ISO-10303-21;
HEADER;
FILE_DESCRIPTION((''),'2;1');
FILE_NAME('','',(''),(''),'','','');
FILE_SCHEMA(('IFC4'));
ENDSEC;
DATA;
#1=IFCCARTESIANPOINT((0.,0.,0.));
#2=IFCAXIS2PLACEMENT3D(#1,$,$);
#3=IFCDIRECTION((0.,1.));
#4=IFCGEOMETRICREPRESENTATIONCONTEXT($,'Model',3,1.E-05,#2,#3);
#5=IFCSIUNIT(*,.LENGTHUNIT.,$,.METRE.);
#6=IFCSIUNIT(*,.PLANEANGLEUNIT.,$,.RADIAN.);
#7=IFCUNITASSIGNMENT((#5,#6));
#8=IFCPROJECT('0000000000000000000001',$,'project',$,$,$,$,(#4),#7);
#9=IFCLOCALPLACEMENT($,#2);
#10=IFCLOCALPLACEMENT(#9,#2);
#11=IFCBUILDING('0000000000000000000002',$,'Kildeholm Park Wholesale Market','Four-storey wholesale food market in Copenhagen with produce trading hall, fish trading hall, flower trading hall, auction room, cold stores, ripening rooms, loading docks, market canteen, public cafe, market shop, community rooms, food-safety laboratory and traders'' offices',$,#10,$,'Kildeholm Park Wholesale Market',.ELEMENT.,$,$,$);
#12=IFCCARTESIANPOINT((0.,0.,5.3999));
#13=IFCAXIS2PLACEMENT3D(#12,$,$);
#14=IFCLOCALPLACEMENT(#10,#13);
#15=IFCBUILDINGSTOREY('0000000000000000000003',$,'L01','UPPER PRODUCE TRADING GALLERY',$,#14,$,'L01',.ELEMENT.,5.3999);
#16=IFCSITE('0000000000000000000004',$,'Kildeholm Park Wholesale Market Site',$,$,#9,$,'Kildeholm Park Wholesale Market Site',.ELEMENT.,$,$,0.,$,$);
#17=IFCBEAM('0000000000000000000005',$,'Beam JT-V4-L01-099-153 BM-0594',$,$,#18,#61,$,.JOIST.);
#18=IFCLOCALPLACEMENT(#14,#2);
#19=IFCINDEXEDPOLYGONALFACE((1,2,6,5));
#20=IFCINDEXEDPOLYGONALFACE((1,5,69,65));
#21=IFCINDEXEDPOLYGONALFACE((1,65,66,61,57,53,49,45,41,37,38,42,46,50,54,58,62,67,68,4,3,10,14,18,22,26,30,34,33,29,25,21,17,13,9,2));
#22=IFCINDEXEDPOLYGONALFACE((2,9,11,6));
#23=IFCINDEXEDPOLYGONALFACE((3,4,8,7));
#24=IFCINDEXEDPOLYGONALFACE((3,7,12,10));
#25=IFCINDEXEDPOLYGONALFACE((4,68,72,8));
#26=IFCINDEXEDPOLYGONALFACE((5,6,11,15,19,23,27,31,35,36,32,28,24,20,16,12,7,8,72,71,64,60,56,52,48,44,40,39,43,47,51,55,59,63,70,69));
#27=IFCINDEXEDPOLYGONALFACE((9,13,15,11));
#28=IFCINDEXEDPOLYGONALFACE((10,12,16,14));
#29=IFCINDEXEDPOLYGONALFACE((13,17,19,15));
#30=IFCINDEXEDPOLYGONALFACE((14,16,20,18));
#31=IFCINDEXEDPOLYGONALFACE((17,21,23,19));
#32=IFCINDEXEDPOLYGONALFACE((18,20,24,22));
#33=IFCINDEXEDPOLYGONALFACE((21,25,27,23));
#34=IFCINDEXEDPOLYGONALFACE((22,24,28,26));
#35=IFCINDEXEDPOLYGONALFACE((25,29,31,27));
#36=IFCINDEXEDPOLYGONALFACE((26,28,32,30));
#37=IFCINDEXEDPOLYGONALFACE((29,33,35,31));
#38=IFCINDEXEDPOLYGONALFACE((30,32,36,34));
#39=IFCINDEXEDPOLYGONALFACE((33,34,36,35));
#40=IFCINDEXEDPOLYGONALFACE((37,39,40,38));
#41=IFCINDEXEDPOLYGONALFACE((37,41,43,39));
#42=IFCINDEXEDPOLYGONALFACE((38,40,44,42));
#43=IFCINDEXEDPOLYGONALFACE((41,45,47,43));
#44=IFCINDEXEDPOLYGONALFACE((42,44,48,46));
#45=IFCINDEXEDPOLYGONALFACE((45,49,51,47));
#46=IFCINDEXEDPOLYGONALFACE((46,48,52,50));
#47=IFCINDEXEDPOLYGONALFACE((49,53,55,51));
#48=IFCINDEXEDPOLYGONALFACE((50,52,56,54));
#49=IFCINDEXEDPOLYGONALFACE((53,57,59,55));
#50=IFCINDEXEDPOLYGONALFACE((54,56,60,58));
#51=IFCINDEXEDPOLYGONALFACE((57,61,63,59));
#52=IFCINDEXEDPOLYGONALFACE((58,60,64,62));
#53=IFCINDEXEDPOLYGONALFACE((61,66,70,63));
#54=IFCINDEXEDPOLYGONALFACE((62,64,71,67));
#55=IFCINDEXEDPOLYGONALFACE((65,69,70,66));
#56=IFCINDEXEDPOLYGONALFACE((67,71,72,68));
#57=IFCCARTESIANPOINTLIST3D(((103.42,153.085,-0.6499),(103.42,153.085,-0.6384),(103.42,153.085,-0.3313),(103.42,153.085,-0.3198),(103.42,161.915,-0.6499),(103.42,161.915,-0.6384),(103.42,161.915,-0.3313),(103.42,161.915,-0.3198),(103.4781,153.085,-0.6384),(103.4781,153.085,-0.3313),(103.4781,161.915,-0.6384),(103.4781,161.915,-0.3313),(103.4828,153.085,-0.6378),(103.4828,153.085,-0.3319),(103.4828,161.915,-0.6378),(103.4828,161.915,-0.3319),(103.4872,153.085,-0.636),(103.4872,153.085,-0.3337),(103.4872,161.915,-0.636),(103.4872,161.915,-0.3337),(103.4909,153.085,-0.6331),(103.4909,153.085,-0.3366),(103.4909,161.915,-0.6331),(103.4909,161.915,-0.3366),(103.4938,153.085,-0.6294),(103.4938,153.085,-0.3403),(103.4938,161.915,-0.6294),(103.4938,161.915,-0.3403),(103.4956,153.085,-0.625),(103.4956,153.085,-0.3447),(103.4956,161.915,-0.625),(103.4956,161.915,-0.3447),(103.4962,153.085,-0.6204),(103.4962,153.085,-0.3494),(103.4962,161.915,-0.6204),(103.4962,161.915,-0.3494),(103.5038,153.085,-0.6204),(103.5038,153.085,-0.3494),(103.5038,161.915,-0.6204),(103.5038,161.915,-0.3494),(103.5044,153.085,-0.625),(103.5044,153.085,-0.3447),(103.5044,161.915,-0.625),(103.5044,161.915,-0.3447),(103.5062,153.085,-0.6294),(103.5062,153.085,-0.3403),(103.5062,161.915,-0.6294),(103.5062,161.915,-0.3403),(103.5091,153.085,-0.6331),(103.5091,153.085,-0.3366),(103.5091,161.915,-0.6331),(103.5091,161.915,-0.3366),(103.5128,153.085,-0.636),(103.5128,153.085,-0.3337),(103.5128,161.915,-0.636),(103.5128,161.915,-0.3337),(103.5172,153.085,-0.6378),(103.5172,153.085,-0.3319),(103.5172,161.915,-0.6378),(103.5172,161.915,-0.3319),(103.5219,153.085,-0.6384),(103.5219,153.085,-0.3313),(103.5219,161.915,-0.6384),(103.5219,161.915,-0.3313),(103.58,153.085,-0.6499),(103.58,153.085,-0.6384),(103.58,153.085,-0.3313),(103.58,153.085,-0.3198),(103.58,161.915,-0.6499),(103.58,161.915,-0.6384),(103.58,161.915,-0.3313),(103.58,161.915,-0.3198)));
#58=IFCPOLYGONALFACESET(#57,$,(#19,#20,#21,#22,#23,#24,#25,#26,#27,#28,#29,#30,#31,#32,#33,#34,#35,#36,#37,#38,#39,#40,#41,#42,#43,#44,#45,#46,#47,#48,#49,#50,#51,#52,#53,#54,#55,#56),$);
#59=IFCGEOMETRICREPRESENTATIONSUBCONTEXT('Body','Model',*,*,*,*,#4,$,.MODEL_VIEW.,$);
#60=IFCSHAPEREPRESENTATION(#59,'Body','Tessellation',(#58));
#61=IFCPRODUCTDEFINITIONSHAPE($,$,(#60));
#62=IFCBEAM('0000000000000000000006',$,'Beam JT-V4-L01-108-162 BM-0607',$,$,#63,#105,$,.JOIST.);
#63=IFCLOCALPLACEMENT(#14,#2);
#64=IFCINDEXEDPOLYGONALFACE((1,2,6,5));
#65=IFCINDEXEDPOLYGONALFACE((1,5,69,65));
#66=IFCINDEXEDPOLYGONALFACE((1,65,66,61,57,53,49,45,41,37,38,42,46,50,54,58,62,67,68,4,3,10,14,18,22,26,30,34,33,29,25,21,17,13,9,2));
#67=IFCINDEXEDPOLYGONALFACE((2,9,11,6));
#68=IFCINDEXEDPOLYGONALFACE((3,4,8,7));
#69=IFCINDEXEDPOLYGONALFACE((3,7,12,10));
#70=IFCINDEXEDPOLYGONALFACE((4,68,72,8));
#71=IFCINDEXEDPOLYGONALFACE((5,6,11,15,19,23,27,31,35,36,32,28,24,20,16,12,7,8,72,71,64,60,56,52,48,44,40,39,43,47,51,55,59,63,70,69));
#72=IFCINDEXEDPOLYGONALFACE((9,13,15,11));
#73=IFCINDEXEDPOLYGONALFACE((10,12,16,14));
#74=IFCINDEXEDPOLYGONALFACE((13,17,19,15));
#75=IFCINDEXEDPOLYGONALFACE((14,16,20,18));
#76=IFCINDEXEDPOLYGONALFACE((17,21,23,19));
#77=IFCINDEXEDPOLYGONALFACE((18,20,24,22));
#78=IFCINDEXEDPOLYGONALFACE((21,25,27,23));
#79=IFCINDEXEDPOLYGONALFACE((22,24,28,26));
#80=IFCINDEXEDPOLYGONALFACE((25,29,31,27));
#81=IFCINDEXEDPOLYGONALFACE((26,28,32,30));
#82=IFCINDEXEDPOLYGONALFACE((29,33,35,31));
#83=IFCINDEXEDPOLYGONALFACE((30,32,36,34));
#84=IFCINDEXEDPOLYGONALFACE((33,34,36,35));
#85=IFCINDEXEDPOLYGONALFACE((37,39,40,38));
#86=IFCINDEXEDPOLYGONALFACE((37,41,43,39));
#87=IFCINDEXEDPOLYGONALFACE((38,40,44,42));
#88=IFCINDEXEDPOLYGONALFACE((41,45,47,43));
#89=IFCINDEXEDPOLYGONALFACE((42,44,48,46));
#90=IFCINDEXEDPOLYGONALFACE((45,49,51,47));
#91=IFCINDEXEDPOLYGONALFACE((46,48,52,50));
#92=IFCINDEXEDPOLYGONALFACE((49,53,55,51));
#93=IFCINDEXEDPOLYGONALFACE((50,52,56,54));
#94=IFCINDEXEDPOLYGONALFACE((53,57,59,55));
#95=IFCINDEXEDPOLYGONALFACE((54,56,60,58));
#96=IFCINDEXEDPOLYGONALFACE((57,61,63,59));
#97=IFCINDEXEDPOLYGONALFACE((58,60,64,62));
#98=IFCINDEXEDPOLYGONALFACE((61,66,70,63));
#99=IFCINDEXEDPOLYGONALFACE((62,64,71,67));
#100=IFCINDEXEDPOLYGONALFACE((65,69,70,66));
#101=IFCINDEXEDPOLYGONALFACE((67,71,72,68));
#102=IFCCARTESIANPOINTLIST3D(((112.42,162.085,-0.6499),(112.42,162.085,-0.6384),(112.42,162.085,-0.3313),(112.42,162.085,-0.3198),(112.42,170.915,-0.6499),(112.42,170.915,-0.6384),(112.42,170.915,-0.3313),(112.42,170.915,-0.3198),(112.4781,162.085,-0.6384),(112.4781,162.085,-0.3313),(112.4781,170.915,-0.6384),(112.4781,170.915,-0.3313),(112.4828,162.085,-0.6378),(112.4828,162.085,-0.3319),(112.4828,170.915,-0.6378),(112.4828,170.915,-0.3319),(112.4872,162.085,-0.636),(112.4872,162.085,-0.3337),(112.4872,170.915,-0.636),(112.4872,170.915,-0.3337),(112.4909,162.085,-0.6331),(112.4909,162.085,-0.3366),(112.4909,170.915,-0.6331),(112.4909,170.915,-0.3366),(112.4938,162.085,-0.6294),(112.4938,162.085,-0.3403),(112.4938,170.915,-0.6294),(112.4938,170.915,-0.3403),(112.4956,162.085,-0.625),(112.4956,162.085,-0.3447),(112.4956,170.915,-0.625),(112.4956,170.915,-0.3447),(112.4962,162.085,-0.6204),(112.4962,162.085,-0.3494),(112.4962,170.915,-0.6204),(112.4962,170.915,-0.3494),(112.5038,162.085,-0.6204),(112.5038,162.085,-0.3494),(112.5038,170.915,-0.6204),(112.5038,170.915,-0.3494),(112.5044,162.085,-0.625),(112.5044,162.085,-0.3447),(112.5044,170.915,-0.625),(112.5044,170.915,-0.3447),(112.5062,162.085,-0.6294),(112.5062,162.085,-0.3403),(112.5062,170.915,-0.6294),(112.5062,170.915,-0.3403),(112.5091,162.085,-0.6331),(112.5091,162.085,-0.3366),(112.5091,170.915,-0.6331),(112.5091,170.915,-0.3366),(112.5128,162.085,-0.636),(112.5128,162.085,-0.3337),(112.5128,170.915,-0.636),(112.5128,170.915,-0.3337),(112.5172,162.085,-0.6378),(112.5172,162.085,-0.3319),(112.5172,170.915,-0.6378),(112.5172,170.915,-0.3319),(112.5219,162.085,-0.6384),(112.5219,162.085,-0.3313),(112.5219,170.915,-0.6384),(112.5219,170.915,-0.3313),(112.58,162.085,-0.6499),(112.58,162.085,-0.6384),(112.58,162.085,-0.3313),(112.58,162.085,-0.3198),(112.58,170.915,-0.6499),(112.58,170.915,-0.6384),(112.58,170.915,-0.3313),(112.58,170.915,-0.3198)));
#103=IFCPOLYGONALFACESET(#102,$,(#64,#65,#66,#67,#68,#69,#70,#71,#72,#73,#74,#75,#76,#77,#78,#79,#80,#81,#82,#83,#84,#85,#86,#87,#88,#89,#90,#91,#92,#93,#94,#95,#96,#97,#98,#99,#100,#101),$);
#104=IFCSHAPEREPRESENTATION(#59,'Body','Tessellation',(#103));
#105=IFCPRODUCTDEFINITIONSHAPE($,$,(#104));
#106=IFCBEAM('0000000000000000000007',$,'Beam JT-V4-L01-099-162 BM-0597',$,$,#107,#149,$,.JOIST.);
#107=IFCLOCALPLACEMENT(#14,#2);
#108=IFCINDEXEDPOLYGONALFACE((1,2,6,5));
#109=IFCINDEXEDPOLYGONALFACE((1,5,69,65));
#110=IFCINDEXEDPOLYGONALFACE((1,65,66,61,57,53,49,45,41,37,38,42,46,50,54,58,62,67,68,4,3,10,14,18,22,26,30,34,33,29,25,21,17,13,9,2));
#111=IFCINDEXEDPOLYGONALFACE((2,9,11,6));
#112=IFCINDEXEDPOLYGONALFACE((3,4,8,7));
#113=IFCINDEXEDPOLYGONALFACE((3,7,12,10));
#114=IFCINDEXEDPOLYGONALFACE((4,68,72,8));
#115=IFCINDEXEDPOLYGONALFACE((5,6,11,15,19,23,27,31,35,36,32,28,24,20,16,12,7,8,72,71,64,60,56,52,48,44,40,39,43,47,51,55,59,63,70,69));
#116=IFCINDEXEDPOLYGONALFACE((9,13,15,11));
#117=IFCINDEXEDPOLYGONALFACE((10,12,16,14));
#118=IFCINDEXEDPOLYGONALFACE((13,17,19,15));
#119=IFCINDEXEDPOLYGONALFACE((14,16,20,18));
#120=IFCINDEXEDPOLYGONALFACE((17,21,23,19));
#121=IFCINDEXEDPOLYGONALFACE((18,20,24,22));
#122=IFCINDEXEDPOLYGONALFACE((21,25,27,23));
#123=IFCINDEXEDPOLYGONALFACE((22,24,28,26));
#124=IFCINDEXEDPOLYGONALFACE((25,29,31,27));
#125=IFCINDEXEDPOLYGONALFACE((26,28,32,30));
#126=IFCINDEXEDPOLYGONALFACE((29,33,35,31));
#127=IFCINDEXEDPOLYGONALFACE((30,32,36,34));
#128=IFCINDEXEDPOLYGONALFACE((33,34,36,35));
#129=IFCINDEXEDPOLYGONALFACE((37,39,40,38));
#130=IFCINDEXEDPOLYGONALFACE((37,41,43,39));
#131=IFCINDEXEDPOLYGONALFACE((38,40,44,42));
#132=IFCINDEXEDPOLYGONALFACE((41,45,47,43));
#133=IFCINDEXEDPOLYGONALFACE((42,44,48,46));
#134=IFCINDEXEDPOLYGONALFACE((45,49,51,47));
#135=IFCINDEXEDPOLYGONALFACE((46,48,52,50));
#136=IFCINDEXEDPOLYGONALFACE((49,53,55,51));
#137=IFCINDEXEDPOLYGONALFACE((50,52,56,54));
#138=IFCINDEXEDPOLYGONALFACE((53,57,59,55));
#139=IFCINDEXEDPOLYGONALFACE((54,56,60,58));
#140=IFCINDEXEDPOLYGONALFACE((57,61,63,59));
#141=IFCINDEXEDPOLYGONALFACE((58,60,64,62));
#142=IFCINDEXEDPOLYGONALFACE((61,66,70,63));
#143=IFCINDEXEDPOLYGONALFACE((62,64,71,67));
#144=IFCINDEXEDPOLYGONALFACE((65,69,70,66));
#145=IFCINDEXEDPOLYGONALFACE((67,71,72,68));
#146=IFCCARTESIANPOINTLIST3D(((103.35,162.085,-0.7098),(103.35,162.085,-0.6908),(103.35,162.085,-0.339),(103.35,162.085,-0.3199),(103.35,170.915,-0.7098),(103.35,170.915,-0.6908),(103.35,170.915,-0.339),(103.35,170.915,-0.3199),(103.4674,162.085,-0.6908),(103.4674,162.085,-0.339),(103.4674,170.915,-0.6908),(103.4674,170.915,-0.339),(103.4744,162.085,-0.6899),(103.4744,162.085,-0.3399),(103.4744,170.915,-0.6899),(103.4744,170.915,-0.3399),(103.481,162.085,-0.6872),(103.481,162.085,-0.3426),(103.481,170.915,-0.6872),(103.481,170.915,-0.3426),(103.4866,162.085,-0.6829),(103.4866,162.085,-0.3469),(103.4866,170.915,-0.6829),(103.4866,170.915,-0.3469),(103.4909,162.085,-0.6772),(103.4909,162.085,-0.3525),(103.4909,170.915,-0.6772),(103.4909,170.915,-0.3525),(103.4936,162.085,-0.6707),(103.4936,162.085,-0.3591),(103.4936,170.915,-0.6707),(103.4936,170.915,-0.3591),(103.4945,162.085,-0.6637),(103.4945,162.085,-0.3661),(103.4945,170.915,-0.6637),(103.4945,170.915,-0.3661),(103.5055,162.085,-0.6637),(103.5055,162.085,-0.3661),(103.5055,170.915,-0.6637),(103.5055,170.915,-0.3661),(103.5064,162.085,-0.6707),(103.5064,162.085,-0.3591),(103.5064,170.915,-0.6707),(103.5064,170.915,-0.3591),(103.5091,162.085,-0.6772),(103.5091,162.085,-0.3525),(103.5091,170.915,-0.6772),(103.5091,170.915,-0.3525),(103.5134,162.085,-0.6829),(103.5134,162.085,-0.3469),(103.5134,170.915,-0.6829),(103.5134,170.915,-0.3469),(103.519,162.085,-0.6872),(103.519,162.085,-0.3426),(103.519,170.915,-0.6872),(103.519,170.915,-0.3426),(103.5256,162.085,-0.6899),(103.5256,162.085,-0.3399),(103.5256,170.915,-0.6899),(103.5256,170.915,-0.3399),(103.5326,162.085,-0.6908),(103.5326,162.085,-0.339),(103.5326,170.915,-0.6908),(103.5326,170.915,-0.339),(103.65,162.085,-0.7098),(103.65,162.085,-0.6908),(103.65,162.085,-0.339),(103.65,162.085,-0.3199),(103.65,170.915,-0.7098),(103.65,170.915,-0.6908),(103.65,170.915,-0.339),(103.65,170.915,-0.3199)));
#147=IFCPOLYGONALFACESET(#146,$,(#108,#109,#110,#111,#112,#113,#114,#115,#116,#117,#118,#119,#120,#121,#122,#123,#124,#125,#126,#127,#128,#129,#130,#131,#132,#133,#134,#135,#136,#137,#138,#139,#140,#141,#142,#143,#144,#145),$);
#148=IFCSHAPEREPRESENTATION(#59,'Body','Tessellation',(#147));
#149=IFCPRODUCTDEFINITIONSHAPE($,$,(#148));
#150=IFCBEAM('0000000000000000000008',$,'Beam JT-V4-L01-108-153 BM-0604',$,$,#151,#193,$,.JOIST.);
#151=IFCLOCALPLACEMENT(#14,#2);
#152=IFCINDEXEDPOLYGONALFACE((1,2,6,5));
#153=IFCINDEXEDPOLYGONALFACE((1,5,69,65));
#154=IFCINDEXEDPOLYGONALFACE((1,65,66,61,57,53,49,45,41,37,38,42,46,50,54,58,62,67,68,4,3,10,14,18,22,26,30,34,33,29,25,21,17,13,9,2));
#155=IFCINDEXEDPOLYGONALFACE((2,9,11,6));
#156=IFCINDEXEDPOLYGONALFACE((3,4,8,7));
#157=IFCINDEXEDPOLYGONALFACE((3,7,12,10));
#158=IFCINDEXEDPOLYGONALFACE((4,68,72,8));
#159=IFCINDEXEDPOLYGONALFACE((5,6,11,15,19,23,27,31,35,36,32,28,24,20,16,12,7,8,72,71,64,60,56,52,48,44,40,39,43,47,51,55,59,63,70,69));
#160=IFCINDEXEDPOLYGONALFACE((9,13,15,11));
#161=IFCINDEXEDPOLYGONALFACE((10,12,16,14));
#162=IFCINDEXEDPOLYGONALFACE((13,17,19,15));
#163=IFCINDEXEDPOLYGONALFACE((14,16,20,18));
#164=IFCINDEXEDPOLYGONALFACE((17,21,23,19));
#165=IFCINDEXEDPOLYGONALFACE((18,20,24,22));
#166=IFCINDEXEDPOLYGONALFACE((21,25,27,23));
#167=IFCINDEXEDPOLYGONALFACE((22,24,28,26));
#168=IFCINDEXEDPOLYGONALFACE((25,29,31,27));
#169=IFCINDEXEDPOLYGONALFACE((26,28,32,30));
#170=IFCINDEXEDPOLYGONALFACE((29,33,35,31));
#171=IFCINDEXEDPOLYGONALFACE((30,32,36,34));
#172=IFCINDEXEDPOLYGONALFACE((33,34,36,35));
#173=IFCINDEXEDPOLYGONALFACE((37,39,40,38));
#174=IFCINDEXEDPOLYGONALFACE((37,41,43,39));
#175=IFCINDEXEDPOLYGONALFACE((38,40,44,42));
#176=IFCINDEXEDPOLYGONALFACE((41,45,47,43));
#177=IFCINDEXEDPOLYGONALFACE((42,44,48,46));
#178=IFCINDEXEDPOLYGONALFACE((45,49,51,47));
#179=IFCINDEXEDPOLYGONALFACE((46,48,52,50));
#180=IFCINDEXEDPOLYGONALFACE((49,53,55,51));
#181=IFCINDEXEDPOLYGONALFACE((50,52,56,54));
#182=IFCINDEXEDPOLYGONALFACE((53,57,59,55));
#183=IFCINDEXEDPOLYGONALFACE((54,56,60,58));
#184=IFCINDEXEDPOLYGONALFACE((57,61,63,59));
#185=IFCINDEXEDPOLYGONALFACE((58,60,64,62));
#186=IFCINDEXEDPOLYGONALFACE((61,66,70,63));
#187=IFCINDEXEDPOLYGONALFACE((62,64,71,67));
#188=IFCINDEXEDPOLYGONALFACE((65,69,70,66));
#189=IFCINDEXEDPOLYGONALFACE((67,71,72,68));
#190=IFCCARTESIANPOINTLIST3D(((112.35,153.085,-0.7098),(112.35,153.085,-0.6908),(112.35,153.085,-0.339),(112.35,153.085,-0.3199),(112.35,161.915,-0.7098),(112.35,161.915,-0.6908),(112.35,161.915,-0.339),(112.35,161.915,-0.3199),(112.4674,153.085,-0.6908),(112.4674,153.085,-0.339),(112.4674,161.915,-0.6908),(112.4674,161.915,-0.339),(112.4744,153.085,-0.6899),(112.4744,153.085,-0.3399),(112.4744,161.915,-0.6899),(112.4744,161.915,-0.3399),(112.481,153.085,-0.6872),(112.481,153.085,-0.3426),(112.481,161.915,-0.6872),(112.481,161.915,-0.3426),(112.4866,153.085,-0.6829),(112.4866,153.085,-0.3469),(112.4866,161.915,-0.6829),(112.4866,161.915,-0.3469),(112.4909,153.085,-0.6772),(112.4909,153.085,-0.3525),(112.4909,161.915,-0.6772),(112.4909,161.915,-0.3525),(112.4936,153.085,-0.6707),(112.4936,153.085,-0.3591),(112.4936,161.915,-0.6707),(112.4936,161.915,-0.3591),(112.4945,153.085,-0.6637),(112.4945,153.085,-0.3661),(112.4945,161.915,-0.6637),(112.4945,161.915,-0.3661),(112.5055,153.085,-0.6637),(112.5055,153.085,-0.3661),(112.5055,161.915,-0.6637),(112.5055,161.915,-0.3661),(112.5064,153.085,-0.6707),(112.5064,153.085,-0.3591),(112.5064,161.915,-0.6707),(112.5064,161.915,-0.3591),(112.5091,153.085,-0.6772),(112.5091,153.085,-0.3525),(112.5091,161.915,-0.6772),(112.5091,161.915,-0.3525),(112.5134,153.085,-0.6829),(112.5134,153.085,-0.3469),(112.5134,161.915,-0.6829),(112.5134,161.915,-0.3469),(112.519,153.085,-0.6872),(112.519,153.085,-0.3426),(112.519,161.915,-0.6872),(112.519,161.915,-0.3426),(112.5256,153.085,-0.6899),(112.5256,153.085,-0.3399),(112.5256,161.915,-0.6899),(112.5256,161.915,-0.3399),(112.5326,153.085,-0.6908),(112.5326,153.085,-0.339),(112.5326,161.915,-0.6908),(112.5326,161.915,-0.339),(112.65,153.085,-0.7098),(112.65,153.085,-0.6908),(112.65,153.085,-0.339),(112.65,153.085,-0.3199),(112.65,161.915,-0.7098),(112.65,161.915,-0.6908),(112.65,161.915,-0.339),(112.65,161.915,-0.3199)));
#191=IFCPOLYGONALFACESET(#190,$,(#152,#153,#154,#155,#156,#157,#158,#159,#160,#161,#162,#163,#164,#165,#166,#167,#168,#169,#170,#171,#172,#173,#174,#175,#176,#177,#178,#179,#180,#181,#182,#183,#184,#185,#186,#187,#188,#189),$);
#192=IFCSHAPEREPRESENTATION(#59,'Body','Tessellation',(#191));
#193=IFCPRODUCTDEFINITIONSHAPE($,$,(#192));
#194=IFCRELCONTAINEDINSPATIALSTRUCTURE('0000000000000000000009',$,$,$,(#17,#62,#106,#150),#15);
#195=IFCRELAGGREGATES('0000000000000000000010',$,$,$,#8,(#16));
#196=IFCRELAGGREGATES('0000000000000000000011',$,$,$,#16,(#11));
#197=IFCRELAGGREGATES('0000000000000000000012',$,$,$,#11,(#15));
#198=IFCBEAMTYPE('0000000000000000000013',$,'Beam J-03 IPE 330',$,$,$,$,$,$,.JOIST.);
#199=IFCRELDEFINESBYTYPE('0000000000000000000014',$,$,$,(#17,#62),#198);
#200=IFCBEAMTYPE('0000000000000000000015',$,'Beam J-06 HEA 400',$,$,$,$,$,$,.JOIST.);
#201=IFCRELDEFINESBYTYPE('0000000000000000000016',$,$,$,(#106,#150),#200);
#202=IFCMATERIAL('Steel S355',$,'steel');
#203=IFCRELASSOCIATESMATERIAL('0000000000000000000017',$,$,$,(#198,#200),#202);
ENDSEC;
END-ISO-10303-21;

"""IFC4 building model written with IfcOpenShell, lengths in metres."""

from ifc_helpers import new_model, si_unit, direction, frame, origin, origin_2d, place, context, subcontext, project, spatial, i_section, extrude, material, material_profile, profile_set, type_object, element, save


model = new_model("IFC4")

# Units and contexts
model_context = context("Model", 3, precision=1e-05, world=origin(), true_north=direction((0.0, 1.0)))
body_context = subcontext(model_context, "Body", "Model", "MODEL_VIEW")
ifc_project = project(units=[si_unit("LENGTHUNIT", "METRE"), si_unit("PLANEANGLEUNIT", "RADIAN")], contexts=[model_context])

# Site, building, storey
site_placement = place(None, origin())
site = spatial("IfcSite", under=ifc_project, at=site_placement, Name="Kildeholm Park Wholesale Market Site", LongName="Kildeholm Park Wholesale Market Site", CompositionType="ELEMENT", RefElevation=0.0)
building_placement = place(site_placement, origin())
building = spatial("IfcBuilding", under=site, at=building_placement, Name="Kildeholm Park Wholesale Market", Description="Four-storey wholesale food market in Copenhagen with produce trading hall, fish trading hall, flower trading hall, auction room, cold stores, ripening rooms, loading docks, market canteen, public cafe, market shop, community rooms, food-safety laboratory and traders' offices", LongName="Kildeholm Park Wholesale Market", CompositionType="ELEMENT")
storey_placement = place(building_placement, frame((0.0, 0.0, 5.3999)))
storey = spatial("IfcBuildingStorey", under=building, at=storey_placement, Name="L01", Description="UPPER PRODUCE TRADING GALLERY", LongName="L01", CompositionType="ELEMENT", Elevation=5.3999)

# Beams
ifc_material_1 = material(Name="Steel S355", Category="steel")
ifc_material_profile_1 = material_profile(ifc_material_1, i_section(OverallWidth=0.1599, OverallDepth=0.3301, WebThickness=0.0076, FlangeThickness=0.0115, FilletRadius=0.0181, at=origin_2d()), Name="IPE 330")
ifc_profile_set_1 = profile_set([ifc_material_profile_1], Name="Steel S355")
beam_type_1 = type_object("IfcBeamType", Name="Beam J-03 IPE 330", PredefinedType="JOIST", material=ifc_profile_set_1)
for number, where, z_axis, x_axis, name in (
    (1, (103.5, 153.085, -0.4849), (0.0, 1.0, 0.0), (-1.0, 0.0, 0.0), "Beam JT-V4-L01-099-153 BM-0594"),
    (2, (112.5, 162.085, -0.4849), (0.0, 1.0, 0.0), (-1.0, 0.0, 0.0), "Beam JT-V4-L01-108-162 BM-0607"),
):
    element("IfcBeam", number, at=place(storey_placement, frame(where, z_axis=z_axis, x_axis=x_axis)), inside=storey, type_object=beam_type_1, Name=name, PredefinedType="JOIST", context=body_context, shape_type="SweptSolid", body=[
        extrude(i_section(OverallWidth=0.1599, OverallDepth=0.3301, WebThickness=0.0076, FlangeThickness=0.0115, FilletRadius=0.0181, at=origin_2d()), origin(), (0.0, 0.0, 1.0), 8.8301),
    ])
ifc_material_profile_2 = material_profile(ifc_material_1, i_section(OverallWidth=0.3, OverallDepth=0.3899, WebThickness=0.011, FlangeThickness=0.019, FilletRadius=0.0271, at=origin_2d()), Name="HEA 400")
ifc_profile_set_2 = profile_set([ifc_material_profile_2], Name="Steel S355")
beam_type_2 = type_object("IfcBeamType", Name="Beam J-06 HEA 400", PredefinedType="JOIST", material=ifc_profile_set_2)
for number, where, z_axis, x_axis, name in (
    (3, (103.5, 162.085, -0.5149), (0.0, 1.0, 0.0), (-1.0, 0.0, 0.0), "Beam JT-V4-L01-099-162 BM-0597"),
    (4, (112.5, 153.085, -0.5149), (0.0, 1.0, 0.0), (-1.0, 0.0, 0.0), "Beam JT-V4-L01-108-153 BM-0604"),
):
    element("IfcBeam", number, at=place(storey_placement, frame(where, z_axis=z_axis, x_axis=x_axis)), inside=storey, type_object=beam_type_2, Name=name, PredefinedType="JOIST", context=body_context, shape_type="SweptSolid", body=[
        extrude(i_section(OverallWidth=0.3, OverallDepth=0.3899, WebThickness=0.011, FlangeThickness=0.019, FilletRadius=0.0271, at=origin_2d()), origin(), (0.0, 0.0, 1.0), 8.8301),
    ])

save(model, "model.ifc")
